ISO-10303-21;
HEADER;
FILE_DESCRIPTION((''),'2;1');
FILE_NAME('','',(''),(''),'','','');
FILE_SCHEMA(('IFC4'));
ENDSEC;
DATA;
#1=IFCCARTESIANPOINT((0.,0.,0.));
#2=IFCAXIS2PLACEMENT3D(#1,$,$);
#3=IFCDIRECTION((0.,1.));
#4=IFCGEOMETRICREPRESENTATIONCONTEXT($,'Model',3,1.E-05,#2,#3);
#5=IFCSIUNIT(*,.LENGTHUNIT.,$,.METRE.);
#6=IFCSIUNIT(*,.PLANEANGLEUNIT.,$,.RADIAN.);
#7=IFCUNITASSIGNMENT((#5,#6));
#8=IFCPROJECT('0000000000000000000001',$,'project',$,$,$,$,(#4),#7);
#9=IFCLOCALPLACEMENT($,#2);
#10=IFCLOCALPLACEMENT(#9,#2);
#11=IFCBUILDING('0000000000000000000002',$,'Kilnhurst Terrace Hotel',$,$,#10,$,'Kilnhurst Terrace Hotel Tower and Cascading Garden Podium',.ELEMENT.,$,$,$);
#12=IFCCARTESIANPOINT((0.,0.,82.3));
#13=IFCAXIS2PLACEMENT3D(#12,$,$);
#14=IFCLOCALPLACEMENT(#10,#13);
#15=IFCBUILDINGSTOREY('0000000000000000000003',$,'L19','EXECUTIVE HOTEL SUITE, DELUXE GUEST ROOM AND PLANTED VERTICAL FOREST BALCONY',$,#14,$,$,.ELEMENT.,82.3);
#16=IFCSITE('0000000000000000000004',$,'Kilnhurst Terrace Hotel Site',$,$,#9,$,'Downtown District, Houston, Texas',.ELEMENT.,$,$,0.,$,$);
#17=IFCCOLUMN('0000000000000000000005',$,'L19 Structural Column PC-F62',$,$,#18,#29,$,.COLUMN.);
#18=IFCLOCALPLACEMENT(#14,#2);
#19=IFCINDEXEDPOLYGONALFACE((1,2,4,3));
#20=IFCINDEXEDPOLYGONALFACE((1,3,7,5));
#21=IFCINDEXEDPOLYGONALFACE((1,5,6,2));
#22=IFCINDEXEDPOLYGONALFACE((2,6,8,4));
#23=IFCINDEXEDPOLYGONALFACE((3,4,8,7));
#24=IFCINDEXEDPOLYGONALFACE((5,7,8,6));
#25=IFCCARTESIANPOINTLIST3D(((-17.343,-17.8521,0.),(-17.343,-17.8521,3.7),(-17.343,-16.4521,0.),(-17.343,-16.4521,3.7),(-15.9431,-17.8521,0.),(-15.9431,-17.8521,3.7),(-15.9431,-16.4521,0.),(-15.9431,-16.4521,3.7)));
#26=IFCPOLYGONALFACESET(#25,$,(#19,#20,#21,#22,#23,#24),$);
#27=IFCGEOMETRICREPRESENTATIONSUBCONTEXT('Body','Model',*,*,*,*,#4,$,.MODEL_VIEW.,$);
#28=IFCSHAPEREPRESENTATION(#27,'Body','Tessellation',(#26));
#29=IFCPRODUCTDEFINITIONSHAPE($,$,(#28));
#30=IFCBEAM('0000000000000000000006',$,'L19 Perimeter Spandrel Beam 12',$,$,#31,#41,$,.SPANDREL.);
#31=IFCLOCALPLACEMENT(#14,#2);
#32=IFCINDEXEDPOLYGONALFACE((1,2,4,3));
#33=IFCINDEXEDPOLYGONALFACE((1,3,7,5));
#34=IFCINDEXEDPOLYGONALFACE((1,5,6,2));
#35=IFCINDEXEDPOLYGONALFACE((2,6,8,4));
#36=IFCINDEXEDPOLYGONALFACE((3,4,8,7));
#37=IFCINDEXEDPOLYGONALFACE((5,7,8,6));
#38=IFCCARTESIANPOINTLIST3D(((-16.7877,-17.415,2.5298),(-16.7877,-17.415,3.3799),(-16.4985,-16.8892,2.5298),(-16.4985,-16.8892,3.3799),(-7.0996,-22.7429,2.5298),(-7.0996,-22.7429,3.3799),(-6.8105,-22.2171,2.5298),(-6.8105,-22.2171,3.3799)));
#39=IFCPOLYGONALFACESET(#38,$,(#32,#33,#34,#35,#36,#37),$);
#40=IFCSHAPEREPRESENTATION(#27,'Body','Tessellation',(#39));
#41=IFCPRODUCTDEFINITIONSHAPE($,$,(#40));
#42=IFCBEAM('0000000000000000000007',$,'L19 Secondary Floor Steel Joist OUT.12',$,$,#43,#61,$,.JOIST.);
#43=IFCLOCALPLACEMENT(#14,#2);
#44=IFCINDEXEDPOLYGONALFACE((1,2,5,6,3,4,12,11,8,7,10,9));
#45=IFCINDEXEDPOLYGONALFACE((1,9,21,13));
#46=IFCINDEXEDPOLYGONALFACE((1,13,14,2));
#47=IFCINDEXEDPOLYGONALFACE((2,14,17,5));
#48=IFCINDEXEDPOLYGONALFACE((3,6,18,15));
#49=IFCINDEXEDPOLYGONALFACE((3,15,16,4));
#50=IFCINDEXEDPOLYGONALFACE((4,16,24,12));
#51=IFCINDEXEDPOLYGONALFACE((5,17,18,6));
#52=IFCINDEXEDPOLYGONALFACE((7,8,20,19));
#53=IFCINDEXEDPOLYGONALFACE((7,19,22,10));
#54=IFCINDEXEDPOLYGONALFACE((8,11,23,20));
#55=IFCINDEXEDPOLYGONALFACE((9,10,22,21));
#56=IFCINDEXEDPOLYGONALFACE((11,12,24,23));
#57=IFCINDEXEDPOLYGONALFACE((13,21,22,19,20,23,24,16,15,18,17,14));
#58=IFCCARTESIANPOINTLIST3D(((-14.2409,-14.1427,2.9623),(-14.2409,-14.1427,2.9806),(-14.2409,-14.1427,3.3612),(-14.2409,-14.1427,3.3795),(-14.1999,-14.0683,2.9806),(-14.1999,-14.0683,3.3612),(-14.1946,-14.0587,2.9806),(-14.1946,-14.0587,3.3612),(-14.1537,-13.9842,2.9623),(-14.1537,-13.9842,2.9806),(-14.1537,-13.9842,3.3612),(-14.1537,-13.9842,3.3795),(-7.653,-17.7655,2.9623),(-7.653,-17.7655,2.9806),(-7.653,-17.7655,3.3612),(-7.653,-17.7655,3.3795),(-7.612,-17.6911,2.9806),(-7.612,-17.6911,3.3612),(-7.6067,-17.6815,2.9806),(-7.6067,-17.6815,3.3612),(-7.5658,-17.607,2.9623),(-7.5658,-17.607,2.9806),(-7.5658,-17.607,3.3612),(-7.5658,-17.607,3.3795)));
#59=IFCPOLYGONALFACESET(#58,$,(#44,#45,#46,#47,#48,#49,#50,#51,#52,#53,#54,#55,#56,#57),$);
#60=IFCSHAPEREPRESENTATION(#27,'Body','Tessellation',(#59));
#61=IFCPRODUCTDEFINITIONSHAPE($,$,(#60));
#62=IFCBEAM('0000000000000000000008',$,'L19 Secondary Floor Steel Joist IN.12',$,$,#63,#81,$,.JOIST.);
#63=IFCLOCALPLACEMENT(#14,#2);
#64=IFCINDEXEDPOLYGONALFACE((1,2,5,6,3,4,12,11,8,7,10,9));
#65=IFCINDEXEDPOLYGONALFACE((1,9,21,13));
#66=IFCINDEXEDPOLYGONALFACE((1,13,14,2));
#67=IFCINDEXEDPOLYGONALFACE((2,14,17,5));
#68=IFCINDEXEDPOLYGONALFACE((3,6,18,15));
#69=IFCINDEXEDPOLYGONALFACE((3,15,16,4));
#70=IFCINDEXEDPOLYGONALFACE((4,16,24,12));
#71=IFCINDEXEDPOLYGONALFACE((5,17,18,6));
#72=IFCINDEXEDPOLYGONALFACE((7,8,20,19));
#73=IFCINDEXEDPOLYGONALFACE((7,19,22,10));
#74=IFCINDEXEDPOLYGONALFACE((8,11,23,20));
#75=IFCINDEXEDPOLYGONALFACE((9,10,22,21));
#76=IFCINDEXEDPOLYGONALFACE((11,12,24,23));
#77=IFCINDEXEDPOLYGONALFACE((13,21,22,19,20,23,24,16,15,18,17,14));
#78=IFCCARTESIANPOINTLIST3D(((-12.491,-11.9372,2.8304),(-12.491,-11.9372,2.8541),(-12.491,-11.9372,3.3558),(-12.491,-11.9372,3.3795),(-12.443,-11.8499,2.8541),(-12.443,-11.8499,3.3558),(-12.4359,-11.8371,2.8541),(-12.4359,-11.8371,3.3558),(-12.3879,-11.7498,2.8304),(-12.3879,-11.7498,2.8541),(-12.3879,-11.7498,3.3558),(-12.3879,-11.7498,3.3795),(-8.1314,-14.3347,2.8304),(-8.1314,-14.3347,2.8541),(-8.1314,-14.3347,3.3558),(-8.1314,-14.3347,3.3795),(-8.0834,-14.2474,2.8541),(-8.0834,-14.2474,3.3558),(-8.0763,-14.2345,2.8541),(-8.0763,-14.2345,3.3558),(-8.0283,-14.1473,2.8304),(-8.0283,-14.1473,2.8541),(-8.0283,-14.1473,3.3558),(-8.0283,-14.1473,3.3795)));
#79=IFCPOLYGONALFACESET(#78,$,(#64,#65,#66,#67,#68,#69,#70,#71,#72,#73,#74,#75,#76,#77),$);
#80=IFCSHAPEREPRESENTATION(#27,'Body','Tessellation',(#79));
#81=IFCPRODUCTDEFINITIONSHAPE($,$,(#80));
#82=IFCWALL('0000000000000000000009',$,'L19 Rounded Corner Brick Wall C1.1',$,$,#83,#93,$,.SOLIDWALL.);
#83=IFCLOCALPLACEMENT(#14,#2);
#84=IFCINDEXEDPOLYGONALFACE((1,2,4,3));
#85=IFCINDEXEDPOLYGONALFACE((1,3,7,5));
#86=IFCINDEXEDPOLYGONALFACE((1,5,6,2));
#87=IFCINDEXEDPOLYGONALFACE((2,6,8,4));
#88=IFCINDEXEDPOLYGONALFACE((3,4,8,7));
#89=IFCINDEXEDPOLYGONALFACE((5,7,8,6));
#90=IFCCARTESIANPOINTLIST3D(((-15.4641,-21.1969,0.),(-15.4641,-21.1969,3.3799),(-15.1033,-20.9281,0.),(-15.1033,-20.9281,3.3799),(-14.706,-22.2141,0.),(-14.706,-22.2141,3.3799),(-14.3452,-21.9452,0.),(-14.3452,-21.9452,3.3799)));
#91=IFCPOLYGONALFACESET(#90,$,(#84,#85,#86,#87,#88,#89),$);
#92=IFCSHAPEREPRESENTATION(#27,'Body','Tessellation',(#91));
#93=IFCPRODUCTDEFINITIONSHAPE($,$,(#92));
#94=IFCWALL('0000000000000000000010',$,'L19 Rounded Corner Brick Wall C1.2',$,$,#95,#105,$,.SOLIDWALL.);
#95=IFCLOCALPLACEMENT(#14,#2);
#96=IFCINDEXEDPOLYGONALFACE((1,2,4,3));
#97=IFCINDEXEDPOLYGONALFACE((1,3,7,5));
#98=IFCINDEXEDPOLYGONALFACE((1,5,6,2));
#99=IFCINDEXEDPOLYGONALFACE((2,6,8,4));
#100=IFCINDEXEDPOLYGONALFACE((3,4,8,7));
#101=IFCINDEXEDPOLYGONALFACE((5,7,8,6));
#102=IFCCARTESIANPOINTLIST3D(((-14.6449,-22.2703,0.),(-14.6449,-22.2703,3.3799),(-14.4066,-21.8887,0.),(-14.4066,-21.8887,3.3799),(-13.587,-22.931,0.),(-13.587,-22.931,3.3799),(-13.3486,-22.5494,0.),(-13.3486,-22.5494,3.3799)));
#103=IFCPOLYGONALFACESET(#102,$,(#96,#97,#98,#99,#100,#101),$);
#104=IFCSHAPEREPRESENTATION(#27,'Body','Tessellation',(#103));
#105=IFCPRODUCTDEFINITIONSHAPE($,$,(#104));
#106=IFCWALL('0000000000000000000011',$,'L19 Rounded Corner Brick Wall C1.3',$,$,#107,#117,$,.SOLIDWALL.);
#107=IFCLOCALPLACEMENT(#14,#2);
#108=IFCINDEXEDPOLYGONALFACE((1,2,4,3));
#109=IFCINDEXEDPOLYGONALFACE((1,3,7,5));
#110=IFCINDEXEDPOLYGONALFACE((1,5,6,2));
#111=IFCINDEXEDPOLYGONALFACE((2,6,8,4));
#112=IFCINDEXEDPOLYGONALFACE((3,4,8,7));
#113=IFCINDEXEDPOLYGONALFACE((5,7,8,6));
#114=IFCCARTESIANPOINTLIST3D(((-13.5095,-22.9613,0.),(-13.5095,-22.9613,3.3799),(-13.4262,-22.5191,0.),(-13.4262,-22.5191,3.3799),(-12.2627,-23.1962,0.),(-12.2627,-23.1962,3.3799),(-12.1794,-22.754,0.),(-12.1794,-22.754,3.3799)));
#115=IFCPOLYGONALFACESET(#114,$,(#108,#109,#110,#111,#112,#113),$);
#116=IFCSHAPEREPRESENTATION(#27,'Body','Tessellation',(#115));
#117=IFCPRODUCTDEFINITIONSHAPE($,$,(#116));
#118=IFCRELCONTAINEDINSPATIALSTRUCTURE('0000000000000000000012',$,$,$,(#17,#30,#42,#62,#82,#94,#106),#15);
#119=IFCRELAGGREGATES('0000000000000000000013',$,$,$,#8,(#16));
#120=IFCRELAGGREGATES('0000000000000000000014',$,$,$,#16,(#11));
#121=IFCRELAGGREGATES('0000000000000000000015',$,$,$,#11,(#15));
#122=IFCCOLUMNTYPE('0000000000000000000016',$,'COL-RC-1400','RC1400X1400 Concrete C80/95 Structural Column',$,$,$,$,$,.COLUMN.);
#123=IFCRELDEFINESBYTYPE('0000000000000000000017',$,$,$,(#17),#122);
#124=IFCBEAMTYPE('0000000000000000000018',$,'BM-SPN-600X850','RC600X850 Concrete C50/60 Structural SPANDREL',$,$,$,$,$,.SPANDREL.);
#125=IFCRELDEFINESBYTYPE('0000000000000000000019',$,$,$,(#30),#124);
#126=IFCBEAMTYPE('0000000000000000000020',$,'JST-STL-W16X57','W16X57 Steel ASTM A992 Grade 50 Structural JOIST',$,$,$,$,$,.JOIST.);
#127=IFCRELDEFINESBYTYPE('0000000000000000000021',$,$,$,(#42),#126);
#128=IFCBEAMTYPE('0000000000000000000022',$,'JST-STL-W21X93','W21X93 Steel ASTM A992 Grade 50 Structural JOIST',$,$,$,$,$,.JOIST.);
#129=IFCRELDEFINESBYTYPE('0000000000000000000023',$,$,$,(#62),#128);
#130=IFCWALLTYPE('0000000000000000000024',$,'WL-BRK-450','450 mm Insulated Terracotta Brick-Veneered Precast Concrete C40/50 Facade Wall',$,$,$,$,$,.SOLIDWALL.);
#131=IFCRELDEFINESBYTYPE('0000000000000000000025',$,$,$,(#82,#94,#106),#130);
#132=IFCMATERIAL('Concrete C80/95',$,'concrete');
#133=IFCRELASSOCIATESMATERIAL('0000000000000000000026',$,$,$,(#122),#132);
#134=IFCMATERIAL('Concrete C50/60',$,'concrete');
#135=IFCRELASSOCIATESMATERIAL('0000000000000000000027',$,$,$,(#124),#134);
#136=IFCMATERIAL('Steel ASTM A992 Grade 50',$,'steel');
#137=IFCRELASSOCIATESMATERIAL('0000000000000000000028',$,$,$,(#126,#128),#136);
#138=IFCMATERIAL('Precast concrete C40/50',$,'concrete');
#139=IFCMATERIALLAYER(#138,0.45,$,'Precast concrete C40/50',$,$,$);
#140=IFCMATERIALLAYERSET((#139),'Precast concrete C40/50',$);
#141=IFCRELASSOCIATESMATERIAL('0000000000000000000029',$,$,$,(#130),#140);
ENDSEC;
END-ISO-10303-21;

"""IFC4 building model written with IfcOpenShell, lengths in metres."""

from ifc_helpers import new_model, si_unit, direction, frame, frame_2d, origin, origin_2d, place, context, subcontext, project, spatial, rectangle, i_section, extrude, material, layer, layer_set, material_profile, profile_set, type_object, element, save


model = new_model("IFC4")

# Units and contexts
model_context = context("Model", 3, precision=1e-05, world=origin(), true_north=direction((0.0, 1.0)))
body_context = subcontext(model_context, "Body", "Model", "MODEL_VIEW")
ifc_project = project(units=[si_unit("LENGTHUNIT", "METRE"), si_unit("PLANEANGLEUNIT", "RADIAN")], contexts=[model_context])

# Site, building, storey
site_placement = place(None, origin())
site = spatial("IfcSite", under=ifc_project, at=site_placement, Name="Kilnhurst Terrace Hotel Site", LongName="Downtown District, Houston, Texas", CompositionType="ELEMENT", RefElevation=0.0)
building_placement = place(site_placement, origin())
building = spatial("IfcBuilding", under=site, at=building_placement, Name="Kilnhurst Terrace Hotel", LongName="Kilnhurst Terrace Hotel Tower and Cascading Garden Podium", CompositionType="ELEMENT")
storey_placement = place(building_placement, frame((0.0, 0.0, 82.3)))
storey = spatial("IfcBuildingStorey", under=building, at=storey_placement, Name="L19", Description="EXECUTIVE HOTEL SUITE, DELUXE GUEST ROOM AND PLANTED VERTICAL FOREST BALCONY", CompositionType="ELEMENT", Elevation=82.3)

# Column
ifc_material_1 = material(Name="Concrete C80/95", Category="concrete")
ifc_material_profile_1 = material_profile(ifc_material_1, rectangle(XDim=1.3999, YDim=1.3999, at=origin_2d()), Name="RC1400X1400")
ifc_profile_set_1 = profile_set([ifc_material_profile_1], Name="Concrete C80/95")
column_type = type_object("IfcColumnType", Name="COL-RC-1400", Description="RC1400X1400 Concrete C80/95 Structural Column", PredefinedType="COLUMN", material=ifc_profile_set_1)
column_placement = place(storey_placement, frame((-16.6431, -17.1521, 0.0), z_axis=(0.0, 0.0, 1.0), x_axis=(1.0, 0.0, 0.0)))
element("IfcColumn", 1, at=column_placement, inside=storey, type_object=column_type, Name="L19 Structural Column PC-F62", PredefinedType="COLUMN", context=body_context, shape_type="SweptSolid", body=[
    extrude(rectangle(XDim=1.3999, YDim=1.3999, at=origin_2d()), origin(), (0.0, 0.0, 1.0), 3.7),
])

# Beams
ifc_material_2 = material(Name="Concrete C50/60", Category="concrete")
ifc_material_profile_2 = material_profile(ifc_material_2, rectangle(XDim=0.6001, YDim=0.8501, at=origin_2d()), Name="RC600X850")
ifc_profile_set_2 = profile_set([ifc_material_profile_2], Name="Concrete C50/60")
beam_type_1 = type_object("IfcBeamType", Name="BM-SPN-600X850", Description="RC600X850 Concrete C50/60 Structural SPANDREL", PredefinedType="SPANDREL", material=ifc_profile_set_2)
beam_1_placement = place(storey_placement, frame((-16.6431, -17.1521, 2.9548), z_axis=(0.876235, -0.481883, 0.0), x_axis=(0.481883, 0.876235, 0.0)))
element("IfcBeam", 2, at=beam_1_placement, inside=storey, type_object=beam_type_1, Name="L19 Perimeter Spandrel Beam 12", PredefinedType="SPANDREL", context=body_context, shape_type="SweptSolid", body=[
    extrude(rectangle(XDim=0.6001, YDim=0.8501, at=origin_2d()), origin(), (0.0, 0.0, 1.0), 11.0564),
])
ifc_material_3 = material(Name="Steel ASTM A992 Grade 50", Category="steel")
ifc_material_profile_3 = material_profile(ifc_material_3, i_section(OverallWidth=0.1809, OverallDepth=0.4172, WebThickness=0.011, FlangeThickness=0.0183, at=origin_2d()), Name="W16X57")
ifc_profile_set_3 = profile_set([ifc_material_profile_3], Name="Steel ASTM A992 Grade 50")
beam_type_2 = type_object("IfcBeamType", Name="JST-STL-W16X57", Description="W16X57 Steel ASTM A992 Grade 50 Structural JOIST", PredefinedType="JOIST", material=ifc_profile_set_3)
beam_2_placement = place(storey_placement, frame((-14.1973, -14.0635, 3.1709), z_axis=(0.876246, -0.481864, 0.0), x_axis=(0.481864, 0.876246, 0.0)))
element("IfcBeam", 3, at=beam_2_placement, inside=storey, type_object=beam_type_2, Name="L19 Secondary Floor Steel Joist OUT.12", PredefinedType="JOIST", context=body_context, shape_type="SweptSolid", body=[
    extrude(i_section(OverallWidth=0.1809, OverallDepth=0.4172, WebThickness=0.011, FlangeThickness=0.0183, at=origin_2d()), origin(), (0.0, 0.0, 1.0), 7.5183),
])
ifc_material_profile_4 = material_profile(ifc_material_3, i_section(OverallWidth=0.2139, OverallDepth=0.5491, WebThickness=0.0146, FlangeThickness=0.0237, at=origin_2d()), Name="W21X93")
ifc_profile_set_4 = profile_set([ifc_material_profile_4], Name="Steel ASTM A992 Grade 50")
beam_type_3 = type_object("IfcBeamType", Name="JST-STL-W21X93", Description="W21X93 Steel ASTM A992 Grade 50 Structural JOIST", PredefinedType="JOIST", material=ifc_profile_set_4)
beam_3_placement = place(storey_placement, frame((-12.4395, -11.8435, 3.105), z_axis=(0.876244, -0.481868, 0.0), x_axis=(0.481868, 0.876244, 0.0)))
element("IfcBeam", 4, at=beam_3_placement, inside=storey, type_object=beam_type_3, Name="L19 Secondary Floor Steel Joist IN.12", PredefinedType="JOIST", context=body_context, shape_type="SweptSolid", body=[
    extrude(i_section(OverallWidth=0.2139, OverallDepth=0.5491, WebThickness=0.0146, FlangeThickness=0.0237, at=origin_2d()), origin(), (0.0, 0.0, 1.0), 4.9753),
])

# Walls
ifc_material_4 = material(Name="Precast concrete C40/50", Category="concrete")
ifc_layer_1 = layer(ifc_material_4, 0.45, Name="Precast concrete C40/50")
ifc_layer_set_1 = layer_set([ifc_layer_1], Name="Precast concrete C40/50")
wall_type_1 = type_object("IfcWallType", Name="WL-BRK-450", Description="450 mm Insulated Terracotta Brick-Veneered Precast Concrete C40/50 Facade Wall", PredefinedType="SOLIDWALL", material=ifc_layer_set_1)
wall_1_placement = place(storey_placement, frame((-15.2837, -21.0625, 0.0), z_axis=(0.0, 0.0, 1.0), x_axis=(0.597595, -0.801798, 0.0)))
element("IfcWall", 5, at=wall_1_placement, inside=storey, type_object=wall_type_1, Name="L19 Rounded Corner Brick Wall C1.1", PredefinedType="SOLIDWALL", context=body_context, shape_type="SweptSolid", body=[
    extrude(rectangle(XDim=1.2686, YDim=0.45, at=frame_2d((0.6343, 0.0))), origin(), (0.0, 0.0, 1.0), 3.3799),
])
wall_2_placement = place(storey_placement, frame((-14.5256, -22.0796, 0.0), z_axis=(0.0, 0.0, 1.0), x_axis=(0.848185, -0.5297, 0.0)))
element("IfcWall", 6, at=wall_2_placement, inside=storey, type_object=wall_type_1, Name="L19 Rounded Corner Brick Wall C1.2", PredefinedType="SOLIDWALL", context=body_context, shape_type="SweptSolid", body=[
    extrude(rectangle(XDim=1.2473, YDim=0.45, at=frame_2d((0.6235, 0.0))), origin(), (0.0, 0.0, 1.0), 3.3799),
])
wall_3_placement = place(storey_placement, frame((-13.4678, -22.7402, 0.0), z_axis=(0.0, 0.0, 1.0), x_axis=(0.982717, -0.185113, 0.0)))
element("IfcWall", 7, at=wall_3_placement, inside=storey, type_object=wall_type_1, Name="L19 Rounded Corner Brick Wall C1.3", PredefinedType="SOLIDWALL", context=body_context, shape_type="SweptSolid", body=[
    extrude(rectangle(XDim=1.2688, YDim=0.45, at=frame_2d((0.6343, 0.0))), origin(), (0.0, 0.0, 1.0), 3.3799),
])

save(model, "model.ifc")
